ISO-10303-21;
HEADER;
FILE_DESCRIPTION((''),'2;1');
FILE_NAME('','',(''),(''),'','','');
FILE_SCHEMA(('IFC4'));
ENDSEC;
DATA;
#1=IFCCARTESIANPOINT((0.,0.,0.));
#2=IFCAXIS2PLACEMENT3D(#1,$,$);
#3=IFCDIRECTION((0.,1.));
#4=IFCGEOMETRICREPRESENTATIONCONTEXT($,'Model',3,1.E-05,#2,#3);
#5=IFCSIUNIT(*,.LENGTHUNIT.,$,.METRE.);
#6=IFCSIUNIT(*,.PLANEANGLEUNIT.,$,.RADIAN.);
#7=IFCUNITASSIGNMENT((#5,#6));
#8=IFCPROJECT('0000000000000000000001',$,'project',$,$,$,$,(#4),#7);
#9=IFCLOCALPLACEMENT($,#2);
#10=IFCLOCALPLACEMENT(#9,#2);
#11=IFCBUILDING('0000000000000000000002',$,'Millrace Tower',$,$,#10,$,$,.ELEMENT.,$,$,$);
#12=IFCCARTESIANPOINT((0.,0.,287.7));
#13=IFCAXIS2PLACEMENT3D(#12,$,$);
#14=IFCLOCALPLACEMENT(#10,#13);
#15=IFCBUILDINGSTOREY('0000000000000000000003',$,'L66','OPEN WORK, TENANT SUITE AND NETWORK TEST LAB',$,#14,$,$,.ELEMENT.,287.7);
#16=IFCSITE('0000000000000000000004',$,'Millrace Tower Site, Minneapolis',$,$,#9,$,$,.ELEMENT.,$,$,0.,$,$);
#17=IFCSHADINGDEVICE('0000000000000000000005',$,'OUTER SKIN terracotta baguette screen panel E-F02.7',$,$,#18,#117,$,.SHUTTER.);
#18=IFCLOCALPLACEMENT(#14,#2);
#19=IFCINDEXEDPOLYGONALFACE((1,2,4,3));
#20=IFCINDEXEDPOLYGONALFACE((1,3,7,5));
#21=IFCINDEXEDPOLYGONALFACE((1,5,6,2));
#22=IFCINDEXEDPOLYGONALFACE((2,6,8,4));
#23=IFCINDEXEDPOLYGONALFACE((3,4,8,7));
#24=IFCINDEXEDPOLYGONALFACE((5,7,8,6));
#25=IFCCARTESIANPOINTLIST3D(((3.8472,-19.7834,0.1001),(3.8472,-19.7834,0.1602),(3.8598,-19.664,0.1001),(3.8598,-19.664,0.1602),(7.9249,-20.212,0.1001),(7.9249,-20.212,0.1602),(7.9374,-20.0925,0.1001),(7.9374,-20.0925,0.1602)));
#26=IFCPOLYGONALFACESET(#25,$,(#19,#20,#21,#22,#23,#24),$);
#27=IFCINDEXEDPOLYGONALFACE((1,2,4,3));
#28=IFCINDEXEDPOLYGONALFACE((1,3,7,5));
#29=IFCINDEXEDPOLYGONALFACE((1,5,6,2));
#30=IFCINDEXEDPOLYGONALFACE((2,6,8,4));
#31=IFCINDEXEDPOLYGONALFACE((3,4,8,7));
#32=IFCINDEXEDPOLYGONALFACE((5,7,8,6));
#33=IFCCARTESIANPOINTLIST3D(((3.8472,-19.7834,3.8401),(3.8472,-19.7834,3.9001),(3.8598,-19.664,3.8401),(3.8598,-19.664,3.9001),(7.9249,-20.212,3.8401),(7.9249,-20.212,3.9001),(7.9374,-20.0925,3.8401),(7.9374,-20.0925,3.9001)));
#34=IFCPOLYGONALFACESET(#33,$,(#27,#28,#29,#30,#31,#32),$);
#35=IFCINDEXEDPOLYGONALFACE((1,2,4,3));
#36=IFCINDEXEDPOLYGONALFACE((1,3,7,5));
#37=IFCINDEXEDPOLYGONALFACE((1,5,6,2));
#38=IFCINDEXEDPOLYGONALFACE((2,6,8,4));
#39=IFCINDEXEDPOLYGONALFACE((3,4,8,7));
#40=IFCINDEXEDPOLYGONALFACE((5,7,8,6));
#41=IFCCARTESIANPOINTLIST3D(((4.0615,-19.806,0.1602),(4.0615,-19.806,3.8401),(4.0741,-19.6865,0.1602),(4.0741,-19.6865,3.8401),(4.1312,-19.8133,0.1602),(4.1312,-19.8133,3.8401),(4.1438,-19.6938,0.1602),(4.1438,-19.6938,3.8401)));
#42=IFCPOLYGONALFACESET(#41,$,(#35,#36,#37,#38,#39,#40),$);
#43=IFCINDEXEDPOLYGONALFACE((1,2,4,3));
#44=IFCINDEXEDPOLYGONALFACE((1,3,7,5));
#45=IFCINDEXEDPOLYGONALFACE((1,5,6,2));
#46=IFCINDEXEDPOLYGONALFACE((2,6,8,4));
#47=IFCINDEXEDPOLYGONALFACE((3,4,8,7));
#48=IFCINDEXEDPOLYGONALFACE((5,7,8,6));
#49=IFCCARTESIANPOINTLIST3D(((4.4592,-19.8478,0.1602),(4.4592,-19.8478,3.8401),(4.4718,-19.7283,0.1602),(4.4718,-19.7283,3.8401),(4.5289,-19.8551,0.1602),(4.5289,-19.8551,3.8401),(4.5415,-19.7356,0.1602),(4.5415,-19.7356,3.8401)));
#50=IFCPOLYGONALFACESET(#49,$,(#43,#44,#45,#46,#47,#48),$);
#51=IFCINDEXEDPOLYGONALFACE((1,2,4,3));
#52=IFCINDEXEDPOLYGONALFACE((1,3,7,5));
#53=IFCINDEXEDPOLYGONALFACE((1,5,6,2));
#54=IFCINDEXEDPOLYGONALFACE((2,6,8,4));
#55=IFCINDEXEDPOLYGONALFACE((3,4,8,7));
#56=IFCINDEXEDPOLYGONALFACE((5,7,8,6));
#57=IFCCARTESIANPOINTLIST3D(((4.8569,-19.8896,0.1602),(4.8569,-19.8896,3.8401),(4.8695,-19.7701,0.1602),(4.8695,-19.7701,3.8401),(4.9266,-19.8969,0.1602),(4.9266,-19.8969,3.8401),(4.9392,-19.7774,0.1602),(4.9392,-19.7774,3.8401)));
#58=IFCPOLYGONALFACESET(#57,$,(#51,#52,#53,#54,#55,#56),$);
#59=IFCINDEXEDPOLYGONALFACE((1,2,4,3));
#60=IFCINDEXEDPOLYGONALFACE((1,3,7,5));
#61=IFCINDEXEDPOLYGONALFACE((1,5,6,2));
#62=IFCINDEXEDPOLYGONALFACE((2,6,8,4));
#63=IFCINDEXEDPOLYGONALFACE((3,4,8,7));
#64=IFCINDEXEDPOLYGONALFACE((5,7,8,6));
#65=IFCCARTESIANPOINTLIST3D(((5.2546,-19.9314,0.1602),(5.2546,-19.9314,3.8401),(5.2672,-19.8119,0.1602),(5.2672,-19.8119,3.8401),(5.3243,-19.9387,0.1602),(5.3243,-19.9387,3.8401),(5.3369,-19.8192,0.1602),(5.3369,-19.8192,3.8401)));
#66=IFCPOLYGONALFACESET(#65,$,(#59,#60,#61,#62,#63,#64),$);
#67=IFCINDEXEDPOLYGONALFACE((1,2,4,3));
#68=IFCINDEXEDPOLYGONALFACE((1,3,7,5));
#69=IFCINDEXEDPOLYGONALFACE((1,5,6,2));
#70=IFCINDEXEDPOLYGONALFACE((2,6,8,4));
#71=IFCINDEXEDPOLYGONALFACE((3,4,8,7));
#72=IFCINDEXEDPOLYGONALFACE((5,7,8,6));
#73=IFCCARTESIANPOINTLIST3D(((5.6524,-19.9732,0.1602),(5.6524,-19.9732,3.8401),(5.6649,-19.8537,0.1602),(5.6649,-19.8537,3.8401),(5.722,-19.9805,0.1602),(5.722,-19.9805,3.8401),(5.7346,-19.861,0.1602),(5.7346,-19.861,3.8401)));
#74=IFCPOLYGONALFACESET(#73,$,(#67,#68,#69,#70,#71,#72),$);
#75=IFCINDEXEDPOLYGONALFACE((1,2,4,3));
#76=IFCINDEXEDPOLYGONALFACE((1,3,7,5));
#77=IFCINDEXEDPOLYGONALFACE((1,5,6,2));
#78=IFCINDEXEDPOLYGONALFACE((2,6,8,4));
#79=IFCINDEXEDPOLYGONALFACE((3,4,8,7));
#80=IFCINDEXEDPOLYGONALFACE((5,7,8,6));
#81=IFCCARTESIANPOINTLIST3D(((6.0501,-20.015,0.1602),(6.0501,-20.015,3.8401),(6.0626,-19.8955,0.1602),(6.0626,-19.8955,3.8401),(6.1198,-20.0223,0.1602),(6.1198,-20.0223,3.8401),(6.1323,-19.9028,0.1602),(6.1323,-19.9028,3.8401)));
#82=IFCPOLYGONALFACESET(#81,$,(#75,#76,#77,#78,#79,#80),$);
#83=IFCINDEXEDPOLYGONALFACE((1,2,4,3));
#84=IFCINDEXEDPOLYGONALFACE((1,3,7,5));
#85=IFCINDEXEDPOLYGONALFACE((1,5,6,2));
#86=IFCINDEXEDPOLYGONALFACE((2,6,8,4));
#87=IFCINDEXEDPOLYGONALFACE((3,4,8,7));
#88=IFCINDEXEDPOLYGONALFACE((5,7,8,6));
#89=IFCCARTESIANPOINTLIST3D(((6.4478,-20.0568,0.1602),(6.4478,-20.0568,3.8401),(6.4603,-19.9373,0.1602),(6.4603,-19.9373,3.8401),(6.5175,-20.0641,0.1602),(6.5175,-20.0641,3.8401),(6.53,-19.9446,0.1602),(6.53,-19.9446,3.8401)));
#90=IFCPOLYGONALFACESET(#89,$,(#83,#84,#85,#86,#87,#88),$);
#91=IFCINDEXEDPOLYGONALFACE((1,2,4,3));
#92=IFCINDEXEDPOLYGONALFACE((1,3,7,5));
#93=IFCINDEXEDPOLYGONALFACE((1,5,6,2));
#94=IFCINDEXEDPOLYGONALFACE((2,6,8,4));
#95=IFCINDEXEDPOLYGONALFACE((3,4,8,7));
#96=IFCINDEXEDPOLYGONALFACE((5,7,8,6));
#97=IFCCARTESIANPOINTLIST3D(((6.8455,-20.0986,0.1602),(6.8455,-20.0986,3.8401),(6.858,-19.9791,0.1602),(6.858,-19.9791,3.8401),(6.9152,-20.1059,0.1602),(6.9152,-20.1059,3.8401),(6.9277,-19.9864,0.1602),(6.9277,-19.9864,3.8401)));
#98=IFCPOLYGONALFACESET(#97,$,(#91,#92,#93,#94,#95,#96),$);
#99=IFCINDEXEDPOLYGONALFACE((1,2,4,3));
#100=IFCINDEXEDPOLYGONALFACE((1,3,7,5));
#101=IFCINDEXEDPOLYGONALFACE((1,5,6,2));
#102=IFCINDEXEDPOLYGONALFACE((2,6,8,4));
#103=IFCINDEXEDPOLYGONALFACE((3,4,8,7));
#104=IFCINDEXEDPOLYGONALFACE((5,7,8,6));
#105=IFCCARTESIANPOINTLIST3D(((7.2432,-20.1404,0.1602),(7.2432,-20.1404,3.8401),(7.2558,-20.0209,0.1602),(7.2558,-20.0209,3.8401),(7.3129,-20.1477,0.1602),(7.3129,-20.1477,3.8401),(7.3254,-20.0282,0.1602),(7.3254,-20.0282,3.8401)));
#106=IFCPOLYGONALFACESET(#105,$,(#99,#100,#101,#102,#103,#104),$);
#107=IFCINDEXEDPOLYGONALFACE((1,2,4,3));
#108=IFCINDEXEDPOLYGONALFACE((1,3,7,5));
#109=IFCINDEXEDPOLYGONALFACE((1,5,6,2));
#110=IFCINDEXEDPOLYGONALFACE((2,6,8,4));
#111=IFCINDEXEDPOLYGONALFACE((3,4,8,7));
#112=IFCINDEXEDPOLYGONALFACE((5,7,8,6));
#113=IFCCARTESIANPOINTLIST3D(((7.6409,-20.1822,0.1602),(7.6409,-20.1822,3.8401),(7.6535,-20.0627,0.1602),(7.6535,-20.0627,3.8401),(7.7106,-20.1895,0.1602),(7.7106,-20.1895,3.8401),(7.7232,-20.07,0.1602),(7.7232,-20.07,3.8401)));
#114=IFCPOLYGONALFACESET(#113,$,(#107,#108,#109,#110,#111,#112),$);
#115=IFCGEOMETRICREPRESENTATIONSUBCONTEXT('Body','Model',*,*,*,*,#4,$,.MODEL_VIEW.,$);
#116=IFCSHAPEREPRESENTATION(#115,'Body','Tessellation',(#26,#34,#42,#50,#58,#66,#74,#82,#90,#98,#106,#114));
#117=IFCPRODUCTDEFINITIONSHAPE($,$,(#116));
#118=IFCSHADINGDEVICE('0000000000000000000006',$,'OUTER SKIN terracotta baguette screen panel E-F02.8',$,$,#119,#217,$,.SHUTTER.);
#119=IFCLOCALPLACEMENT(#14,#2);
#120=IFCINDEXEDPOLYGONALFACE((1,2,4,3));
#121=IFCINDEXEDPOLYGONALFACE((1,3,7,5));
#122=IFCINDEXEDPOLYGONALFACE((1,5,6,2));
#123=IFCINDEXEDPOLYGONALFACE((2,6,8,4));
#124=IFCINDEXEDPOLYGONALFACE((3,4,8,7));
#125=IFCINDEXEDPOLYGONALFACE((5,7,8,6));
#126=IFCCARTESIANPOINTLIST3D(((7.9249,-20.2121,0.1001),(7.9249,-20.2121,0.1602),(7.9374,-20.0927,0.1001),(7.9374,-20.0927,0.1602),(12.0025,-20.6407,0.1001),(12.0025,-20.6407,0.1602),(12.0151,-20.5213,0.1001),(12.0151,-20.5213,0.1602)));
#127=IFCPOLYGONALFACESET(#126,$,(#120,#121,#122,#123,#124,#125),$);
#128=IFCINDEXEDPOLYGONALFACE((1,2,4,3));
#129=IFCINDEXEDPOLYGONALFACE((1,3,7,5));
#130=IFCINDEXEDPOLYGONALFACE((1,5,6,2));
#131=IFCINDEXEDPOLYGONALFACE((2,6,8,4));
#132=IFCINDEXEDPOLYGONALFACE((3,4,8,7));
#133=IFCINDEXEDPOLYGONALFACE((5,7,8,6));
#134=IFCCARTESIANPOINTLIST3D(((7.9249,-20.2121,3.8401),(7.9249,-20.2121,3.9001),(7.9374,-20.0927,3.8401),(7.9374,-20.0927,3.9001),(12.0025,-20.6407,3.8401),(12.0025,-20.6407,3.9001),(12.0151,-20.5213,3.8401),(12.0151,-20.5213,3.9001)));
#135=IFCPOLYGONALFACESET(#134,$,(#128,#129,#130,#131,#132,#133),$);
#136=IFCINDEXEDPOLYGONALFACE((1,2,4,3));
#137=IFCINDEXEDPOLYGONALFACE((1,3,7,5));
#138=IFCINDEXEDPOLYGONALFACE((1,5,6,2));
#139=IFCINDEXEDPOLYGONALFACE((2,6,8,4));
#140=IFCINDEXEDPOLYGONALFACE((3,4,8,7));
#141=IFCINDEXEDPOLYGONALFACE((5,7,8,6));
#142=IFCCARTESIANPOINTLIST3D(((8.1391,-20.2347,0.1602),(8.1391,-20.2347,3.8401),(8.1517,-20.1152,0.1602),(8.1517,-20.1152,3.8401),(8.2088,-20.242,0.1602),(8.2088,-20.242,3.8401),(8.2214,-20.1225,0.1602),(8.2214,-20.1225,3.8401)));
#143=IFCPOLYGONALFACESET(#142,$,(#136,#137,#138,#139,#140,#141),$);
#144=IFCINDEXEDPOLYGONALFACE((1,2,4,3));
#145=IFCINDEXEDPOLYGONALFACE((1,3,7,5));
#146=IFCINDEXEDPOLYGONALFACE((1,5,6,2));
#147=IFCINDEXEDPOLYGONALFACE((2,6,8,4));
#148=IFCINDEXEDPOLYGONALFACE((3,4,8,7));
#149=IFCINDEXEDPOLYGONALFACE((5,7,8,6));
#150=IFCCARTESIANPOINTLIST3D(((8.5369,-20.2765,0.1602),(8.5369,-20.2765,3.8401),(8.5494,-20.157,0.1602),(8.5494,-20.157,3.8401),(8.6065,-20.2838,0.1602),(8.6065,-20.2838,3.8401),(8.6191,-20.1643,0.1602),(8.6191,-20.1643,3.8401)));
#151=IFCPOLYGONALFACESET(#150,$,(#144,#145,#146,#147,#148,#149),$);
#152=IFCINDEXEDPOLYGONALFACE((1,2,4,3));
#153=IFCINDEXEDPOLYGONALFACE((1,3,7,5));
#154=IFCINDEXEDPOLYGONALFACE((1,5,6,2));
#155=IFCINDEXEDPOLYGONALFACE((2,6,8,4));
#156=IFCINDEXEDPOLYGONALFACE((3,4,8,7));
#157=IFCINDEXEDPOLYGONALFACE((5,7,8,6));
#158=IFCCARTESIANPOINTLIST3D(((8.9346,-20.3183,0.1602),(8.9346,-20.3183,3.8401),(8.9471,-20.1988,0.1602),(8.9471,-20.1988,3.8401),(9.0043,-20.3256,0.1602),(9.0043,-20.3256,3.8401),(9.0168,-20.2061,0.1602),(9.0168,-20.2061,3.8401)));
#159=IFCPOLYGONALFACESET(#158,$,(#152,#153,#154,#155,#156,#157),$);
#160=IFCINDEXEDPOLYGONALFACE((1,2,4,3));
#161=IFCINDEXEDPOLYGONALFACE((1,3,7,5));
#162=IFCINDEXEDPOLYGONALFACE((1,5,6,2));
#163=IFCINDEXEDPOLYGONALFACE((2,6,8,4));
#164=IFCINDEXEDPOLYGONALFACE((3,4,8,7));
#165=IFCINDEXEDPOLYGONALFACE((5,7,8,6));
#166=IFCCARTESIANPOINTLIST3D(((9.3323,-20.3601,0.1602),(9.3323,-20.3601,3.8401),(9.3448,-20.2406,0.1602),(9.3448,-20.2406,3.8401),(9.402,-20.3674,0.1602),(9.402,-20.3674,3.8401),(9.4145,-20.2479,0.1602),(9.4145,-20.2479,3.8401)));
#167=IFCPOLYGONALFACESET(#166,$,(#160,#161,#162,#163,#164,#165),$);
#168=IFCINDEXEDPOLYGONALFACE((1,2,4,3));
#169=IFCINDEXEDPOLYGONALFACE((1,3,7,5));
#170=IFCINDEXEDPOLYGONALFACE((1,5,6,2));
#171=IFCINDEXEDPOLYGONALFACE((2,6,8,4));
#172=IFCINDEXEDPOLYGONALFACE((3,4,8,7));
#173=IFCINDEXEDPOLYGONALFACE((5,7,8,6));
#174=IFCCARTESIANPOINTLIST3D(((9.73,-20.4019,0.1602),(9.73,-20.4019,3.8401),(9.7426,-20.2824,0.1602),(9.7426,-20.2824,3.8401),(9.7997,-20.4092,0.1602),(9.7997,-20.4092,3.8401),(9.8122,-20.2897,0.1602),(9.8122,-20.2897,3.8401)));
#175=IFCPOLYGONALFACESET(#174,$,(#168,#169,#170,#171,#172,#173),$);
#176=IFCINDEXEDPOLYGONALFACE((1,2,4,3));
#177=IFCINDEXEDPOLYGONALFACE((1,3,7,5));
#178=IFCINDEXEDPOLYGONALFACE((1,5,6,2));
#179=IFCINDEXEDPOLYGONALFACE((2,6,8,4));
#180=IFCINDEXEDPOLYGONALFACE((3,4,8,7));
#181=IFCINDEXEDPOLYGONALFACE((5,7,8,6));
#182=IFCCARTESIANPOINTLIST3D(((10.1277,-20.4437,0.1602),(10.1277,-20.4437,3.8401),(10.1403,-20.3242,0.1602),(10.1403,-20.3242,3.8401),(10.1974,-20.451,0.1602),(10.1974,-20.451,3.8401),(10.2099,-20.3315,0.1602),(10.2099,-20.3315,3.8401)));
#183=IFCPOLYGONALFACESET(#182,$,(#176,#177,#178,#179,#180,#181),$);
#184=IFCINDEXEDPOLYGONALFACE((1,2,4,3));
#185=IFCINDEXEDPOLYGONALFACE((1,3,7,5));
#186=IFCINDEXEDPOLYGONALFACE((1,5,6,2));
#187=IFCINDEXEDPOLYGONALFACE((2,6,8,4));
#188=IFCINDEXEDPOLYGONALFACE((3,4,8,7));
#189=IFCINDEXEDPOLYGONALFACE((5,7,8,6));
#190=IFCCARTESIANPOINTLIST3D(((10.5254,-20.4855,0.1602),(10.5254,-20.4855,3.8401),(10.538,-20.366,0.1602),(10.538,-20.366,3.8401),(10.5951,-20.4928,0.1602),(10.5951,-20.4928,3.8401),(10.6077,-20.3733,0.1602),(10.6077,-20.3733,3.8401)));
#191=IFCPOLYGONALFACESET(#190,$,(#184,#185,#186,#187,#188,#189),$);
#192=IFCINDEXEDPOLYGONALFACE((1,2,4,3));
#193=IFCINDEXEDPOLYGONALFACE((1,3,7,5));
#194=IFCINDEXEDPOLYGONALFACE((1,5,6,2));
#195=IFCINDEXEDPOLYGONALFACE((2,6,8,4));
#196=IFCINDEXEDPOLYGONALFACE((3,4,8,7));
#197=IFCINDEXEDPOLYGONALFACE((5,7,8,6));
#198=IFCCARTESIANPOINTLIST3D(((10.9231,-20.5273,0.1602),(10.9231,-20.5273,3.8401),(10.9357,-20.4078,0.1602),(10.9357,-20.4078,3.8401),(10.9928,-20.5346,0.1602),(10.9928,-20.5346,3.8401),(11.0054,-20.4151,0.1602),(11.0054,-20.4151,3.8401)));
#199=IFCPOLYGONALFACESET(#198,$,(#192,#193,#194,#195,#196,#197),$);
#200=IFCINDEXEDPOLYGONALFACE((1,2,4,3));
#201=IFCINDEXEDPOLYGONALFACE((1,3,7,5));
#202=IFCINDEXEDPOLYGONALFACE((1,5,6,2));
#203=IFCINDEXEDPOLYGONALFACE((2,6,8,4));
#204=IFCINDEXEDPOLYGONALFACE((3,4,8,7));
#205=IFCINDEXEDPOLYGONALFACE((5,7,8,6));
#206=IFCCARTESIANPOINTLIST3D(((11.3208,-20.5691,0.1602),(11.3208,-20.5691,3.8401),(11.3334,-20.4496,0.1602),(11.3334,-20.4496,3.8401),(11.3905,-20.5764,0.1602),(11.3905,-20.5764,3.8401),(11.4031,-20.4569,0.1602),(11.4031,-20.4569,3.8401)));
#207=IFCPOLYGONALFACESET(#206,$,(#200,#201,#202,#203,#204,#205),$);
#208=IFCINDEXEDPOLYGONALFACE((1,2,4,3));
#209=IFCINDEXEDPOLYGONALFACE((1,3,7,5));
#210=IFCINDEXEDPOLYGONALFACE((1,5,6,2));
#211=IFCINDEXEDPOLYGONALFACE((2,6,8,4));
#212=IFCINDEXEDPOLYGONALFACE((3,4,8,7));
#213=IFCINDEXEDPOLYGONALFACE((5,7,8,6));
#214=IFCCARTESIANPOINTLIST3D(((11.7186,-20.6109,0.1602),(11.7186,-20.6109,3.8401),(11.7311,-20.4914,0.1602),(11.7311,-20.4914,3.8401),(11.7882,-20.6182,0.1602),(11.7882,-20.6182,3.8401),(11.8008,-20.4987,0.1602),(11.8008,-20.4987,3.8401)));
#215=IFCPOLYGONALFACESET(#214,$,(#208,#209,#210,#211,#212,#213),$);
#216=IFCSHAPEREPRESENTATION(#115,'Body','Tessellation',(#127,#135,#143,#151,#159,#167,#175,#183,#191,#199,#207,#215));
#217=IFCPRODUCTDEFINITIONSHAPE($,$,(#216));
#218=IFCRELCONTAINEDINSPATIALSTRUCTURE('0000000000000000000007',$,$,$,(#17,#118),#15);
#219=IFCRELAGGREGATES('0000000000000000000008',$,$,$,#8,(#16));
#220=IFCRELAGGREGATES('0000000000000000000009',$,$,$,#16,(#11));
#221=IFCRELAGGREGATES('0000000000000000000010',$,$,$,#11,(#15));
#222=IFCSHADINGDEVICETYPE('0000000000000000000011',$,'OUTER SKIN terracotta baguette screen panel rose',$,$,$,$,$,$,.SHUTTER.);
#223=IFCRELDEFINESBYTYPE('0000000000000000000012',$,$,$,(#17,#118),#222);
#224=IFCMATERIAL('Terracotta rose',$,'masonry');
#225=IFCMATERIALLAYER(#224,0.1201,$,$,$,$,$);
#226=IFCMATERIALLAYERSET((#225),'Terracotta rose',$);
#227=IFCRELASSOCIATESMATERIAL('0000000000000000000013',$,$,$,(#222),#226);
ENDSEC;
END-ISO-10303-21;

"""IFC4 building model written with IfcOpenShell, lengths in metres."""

from ifc_helpers import new_model, entity, si_unit, direction, frame, frame_2d, origin, place, context, subcontext, project, spatial, rectangle, extrude, source, transform, mapped, material, layer, layer_set, type_object, element, save


model = new_model("IFC4")

# Units and contexts
model_context = context("Model", 3, precision=1e-05, world=origin(), true_north=direction((0.0, 1.0)))
body_context = subcontext(model_context, "Body", "Model", "MODEL_VIEW")
ifc_project = project(units=[si_unit("LENGTHUNIT", "METRE"), si_unit("PLANEANGLEUNIT", "RADIAN")], contexts=[model_context])

# Site, building, storey
site_placement = place(None, origin())
site = spatial("IfcSite", under=ifc_project, at=site_placement, Name="Millrace Tower Site, Minneapolis", CompositionType="ELEMENT", RefElevation=0.0)
building_placement = place(site_placement, origin())
building = spatial("IfcBuilding", under=site, at=building_placement, Name="Millrace Tower", CompositionType="ELEMENT")
storey_placement = place(building_placement, frame((0.0, 0.0, 287.7)))
storey = spatial("IfcBuildingStorey", under=building, at=storey_placement, Name="L66", Description="OPEN WORK, TENANT SUITE AND NETWORK TEST LAB", CompositionType="ELEMENT", Elevation=287.7)

# Shading devices
ifc_material_1 = material(Name="Terracotta rose", Category="masonry")
ifc_layer_1 = layer(ifc_material_1, 0.1201)
ifc_layer_set_1 = layer_set([ifc_layer_1], Name="Terracotta rose")
shading_device_type = type_object("IfcShadingDeviceType", Name="OUTER SKIN terracotta baguette screen panel rose", PredefinedType="SHUTTER", material=ifc_layer_set_1)
cartesian_point = entity("IfcCartesianPoint", [-2.05, 0.0601])
shared_polyline = entity("IfcPolyline", [cartesian_point, entity("IfcCartesianPoint", [2.05, 0.0601]), entity("IfcCartesianPoint", [2.05, -0.0601]), entity("IfcCartesianPoint", [-2.05, -0.0601]), cartesian_point])
shared_shape = source(origin(), body_context, "Body", "SweptSolid", [
    entity("IfcExtrudedAreaSolid", entity("IfcArbitraryClosedProfileDef", "AREA", None, shared_polyline), entity("IfcAxis2Placement3D", entity("IfcCartesianPoint", [0.0, 0.0, 0.0])), entity("IfcDirection", [0.0, 0.0, 1.0]), 0.0601),
    entity("IfcExtrudedAreaSolid", entity("IfcArbitraryClosedProfileDef", "AREA", None, shared_polyline), entity("IfcAxis2Placement3D", entity("IfcCartesianPoint", [0.0, 0.0, 3.74])), entity("IfcDirection", [0.0, 0.0, 1.0]), 0.0601),
    extrude(rectangle(XDim=0.0701, YDim=0.1201, at=frame_2d((-1.7996, 0.0))), frame((0.0, 0.0, 0.0601)), (0.0, 0.0, 1.0), 3.6799),
    extrude(rectangle(XDim=0.0701, YDim=0.1201, at=frame_2d((-1.3997, 0.0))), frame((0.0, 0.0, 0.0601)), (0.0, 0.0, 1.0), 3.6799),
    extrude(rectangle(XDim=0.0701, YDim=0.1201, at=frame_2d((-0.9998, 0.0))), frame((0.0, 0.0, 0.0601)), (0.0, 0.0, 1.0), 3.6799),
    extrude(rectangle(XDim=0.0701, YDim=0.1201, at=frame_2d((-0.5999, 0.0))), frame((0.0, 0.0, 0.0601)), (0.0, 0.0, 1.0), 3.6799),
    extrude(rectangle(XDim=0.0701, YDim=0.1201, at=frame_2d((-0.2, 0.0))), frame((0.0, 0.0, 0.0601)), (0.0, 0.0, 1.0), 3.6799),
    extrude(rectangle(XDim=0.0701, YDim=0.1201, at=frame_2d((0.2, 0.0))), frame((0.0, 0.0, 0.0601)), (0.0, 0.0, 1.0), 3.6799),
    extrude(rectangle(XDim=0.0701, YDim=0.1201, at=frame_2d((0.5999, 0.0))), frame((0.0, 0.0, 0.0601)), (0.0, 0.0, 1.0), 3.6799),
    extrude(rectangle(XDim=0.0701, YDim=0.1201, at=frame_2d((0.9998, 0.0))), frame((0.0, 0.0, 0.0601)), (0.0, 0.0, 1.0), 3.6799),
    extrude(rectangle(XDim=0.0701, YDim=0.1201, at=frame_2d((1.3997, 0.0))), frame((0.0, 0.0, 0.0601)), (0.0, 0.0, 1.0), 3.6799),
    extrude(rectangle(XDim=0.0701, YDim=0.1201, at=frame_2d((1.7996, 0.0))), frame((0.0, 0.0, 0.0601)), (0.0, 0.0, 1.0), 3.6799),
])
for number, where, z_axis, x_axis, name in (
    (1, (5.8923, -19.938, 0.1001), (0.0, 0.0, 1.0), (0.994522, -0.104528, 0.0), "OUTER SKIN terracotta baguette screen panel E-F02.7"),
    (2, (9.97, -20.3667, 0.1001), (0.0, 0.0, 1.0), (0.994522, -0.104528, 0.0), "OUTER SKIN terracotta baguette screen panel E-F02.8"),
):
    element("IfcShadingDevice", number, at=place(storey_placement, frame(where, z_axis=z_axis, x_axis=x_axis)), inside=storey, type_object=shading_device_type, Name=name, PredefinedType="SHUTTER", context=body_context, shape_type="MappedRepresentation", body=[
        mapped(shared_shape, transform((0.0, 0.0, 0.0), scale=1.0)),
    ])

save(model, "model.ifc")
